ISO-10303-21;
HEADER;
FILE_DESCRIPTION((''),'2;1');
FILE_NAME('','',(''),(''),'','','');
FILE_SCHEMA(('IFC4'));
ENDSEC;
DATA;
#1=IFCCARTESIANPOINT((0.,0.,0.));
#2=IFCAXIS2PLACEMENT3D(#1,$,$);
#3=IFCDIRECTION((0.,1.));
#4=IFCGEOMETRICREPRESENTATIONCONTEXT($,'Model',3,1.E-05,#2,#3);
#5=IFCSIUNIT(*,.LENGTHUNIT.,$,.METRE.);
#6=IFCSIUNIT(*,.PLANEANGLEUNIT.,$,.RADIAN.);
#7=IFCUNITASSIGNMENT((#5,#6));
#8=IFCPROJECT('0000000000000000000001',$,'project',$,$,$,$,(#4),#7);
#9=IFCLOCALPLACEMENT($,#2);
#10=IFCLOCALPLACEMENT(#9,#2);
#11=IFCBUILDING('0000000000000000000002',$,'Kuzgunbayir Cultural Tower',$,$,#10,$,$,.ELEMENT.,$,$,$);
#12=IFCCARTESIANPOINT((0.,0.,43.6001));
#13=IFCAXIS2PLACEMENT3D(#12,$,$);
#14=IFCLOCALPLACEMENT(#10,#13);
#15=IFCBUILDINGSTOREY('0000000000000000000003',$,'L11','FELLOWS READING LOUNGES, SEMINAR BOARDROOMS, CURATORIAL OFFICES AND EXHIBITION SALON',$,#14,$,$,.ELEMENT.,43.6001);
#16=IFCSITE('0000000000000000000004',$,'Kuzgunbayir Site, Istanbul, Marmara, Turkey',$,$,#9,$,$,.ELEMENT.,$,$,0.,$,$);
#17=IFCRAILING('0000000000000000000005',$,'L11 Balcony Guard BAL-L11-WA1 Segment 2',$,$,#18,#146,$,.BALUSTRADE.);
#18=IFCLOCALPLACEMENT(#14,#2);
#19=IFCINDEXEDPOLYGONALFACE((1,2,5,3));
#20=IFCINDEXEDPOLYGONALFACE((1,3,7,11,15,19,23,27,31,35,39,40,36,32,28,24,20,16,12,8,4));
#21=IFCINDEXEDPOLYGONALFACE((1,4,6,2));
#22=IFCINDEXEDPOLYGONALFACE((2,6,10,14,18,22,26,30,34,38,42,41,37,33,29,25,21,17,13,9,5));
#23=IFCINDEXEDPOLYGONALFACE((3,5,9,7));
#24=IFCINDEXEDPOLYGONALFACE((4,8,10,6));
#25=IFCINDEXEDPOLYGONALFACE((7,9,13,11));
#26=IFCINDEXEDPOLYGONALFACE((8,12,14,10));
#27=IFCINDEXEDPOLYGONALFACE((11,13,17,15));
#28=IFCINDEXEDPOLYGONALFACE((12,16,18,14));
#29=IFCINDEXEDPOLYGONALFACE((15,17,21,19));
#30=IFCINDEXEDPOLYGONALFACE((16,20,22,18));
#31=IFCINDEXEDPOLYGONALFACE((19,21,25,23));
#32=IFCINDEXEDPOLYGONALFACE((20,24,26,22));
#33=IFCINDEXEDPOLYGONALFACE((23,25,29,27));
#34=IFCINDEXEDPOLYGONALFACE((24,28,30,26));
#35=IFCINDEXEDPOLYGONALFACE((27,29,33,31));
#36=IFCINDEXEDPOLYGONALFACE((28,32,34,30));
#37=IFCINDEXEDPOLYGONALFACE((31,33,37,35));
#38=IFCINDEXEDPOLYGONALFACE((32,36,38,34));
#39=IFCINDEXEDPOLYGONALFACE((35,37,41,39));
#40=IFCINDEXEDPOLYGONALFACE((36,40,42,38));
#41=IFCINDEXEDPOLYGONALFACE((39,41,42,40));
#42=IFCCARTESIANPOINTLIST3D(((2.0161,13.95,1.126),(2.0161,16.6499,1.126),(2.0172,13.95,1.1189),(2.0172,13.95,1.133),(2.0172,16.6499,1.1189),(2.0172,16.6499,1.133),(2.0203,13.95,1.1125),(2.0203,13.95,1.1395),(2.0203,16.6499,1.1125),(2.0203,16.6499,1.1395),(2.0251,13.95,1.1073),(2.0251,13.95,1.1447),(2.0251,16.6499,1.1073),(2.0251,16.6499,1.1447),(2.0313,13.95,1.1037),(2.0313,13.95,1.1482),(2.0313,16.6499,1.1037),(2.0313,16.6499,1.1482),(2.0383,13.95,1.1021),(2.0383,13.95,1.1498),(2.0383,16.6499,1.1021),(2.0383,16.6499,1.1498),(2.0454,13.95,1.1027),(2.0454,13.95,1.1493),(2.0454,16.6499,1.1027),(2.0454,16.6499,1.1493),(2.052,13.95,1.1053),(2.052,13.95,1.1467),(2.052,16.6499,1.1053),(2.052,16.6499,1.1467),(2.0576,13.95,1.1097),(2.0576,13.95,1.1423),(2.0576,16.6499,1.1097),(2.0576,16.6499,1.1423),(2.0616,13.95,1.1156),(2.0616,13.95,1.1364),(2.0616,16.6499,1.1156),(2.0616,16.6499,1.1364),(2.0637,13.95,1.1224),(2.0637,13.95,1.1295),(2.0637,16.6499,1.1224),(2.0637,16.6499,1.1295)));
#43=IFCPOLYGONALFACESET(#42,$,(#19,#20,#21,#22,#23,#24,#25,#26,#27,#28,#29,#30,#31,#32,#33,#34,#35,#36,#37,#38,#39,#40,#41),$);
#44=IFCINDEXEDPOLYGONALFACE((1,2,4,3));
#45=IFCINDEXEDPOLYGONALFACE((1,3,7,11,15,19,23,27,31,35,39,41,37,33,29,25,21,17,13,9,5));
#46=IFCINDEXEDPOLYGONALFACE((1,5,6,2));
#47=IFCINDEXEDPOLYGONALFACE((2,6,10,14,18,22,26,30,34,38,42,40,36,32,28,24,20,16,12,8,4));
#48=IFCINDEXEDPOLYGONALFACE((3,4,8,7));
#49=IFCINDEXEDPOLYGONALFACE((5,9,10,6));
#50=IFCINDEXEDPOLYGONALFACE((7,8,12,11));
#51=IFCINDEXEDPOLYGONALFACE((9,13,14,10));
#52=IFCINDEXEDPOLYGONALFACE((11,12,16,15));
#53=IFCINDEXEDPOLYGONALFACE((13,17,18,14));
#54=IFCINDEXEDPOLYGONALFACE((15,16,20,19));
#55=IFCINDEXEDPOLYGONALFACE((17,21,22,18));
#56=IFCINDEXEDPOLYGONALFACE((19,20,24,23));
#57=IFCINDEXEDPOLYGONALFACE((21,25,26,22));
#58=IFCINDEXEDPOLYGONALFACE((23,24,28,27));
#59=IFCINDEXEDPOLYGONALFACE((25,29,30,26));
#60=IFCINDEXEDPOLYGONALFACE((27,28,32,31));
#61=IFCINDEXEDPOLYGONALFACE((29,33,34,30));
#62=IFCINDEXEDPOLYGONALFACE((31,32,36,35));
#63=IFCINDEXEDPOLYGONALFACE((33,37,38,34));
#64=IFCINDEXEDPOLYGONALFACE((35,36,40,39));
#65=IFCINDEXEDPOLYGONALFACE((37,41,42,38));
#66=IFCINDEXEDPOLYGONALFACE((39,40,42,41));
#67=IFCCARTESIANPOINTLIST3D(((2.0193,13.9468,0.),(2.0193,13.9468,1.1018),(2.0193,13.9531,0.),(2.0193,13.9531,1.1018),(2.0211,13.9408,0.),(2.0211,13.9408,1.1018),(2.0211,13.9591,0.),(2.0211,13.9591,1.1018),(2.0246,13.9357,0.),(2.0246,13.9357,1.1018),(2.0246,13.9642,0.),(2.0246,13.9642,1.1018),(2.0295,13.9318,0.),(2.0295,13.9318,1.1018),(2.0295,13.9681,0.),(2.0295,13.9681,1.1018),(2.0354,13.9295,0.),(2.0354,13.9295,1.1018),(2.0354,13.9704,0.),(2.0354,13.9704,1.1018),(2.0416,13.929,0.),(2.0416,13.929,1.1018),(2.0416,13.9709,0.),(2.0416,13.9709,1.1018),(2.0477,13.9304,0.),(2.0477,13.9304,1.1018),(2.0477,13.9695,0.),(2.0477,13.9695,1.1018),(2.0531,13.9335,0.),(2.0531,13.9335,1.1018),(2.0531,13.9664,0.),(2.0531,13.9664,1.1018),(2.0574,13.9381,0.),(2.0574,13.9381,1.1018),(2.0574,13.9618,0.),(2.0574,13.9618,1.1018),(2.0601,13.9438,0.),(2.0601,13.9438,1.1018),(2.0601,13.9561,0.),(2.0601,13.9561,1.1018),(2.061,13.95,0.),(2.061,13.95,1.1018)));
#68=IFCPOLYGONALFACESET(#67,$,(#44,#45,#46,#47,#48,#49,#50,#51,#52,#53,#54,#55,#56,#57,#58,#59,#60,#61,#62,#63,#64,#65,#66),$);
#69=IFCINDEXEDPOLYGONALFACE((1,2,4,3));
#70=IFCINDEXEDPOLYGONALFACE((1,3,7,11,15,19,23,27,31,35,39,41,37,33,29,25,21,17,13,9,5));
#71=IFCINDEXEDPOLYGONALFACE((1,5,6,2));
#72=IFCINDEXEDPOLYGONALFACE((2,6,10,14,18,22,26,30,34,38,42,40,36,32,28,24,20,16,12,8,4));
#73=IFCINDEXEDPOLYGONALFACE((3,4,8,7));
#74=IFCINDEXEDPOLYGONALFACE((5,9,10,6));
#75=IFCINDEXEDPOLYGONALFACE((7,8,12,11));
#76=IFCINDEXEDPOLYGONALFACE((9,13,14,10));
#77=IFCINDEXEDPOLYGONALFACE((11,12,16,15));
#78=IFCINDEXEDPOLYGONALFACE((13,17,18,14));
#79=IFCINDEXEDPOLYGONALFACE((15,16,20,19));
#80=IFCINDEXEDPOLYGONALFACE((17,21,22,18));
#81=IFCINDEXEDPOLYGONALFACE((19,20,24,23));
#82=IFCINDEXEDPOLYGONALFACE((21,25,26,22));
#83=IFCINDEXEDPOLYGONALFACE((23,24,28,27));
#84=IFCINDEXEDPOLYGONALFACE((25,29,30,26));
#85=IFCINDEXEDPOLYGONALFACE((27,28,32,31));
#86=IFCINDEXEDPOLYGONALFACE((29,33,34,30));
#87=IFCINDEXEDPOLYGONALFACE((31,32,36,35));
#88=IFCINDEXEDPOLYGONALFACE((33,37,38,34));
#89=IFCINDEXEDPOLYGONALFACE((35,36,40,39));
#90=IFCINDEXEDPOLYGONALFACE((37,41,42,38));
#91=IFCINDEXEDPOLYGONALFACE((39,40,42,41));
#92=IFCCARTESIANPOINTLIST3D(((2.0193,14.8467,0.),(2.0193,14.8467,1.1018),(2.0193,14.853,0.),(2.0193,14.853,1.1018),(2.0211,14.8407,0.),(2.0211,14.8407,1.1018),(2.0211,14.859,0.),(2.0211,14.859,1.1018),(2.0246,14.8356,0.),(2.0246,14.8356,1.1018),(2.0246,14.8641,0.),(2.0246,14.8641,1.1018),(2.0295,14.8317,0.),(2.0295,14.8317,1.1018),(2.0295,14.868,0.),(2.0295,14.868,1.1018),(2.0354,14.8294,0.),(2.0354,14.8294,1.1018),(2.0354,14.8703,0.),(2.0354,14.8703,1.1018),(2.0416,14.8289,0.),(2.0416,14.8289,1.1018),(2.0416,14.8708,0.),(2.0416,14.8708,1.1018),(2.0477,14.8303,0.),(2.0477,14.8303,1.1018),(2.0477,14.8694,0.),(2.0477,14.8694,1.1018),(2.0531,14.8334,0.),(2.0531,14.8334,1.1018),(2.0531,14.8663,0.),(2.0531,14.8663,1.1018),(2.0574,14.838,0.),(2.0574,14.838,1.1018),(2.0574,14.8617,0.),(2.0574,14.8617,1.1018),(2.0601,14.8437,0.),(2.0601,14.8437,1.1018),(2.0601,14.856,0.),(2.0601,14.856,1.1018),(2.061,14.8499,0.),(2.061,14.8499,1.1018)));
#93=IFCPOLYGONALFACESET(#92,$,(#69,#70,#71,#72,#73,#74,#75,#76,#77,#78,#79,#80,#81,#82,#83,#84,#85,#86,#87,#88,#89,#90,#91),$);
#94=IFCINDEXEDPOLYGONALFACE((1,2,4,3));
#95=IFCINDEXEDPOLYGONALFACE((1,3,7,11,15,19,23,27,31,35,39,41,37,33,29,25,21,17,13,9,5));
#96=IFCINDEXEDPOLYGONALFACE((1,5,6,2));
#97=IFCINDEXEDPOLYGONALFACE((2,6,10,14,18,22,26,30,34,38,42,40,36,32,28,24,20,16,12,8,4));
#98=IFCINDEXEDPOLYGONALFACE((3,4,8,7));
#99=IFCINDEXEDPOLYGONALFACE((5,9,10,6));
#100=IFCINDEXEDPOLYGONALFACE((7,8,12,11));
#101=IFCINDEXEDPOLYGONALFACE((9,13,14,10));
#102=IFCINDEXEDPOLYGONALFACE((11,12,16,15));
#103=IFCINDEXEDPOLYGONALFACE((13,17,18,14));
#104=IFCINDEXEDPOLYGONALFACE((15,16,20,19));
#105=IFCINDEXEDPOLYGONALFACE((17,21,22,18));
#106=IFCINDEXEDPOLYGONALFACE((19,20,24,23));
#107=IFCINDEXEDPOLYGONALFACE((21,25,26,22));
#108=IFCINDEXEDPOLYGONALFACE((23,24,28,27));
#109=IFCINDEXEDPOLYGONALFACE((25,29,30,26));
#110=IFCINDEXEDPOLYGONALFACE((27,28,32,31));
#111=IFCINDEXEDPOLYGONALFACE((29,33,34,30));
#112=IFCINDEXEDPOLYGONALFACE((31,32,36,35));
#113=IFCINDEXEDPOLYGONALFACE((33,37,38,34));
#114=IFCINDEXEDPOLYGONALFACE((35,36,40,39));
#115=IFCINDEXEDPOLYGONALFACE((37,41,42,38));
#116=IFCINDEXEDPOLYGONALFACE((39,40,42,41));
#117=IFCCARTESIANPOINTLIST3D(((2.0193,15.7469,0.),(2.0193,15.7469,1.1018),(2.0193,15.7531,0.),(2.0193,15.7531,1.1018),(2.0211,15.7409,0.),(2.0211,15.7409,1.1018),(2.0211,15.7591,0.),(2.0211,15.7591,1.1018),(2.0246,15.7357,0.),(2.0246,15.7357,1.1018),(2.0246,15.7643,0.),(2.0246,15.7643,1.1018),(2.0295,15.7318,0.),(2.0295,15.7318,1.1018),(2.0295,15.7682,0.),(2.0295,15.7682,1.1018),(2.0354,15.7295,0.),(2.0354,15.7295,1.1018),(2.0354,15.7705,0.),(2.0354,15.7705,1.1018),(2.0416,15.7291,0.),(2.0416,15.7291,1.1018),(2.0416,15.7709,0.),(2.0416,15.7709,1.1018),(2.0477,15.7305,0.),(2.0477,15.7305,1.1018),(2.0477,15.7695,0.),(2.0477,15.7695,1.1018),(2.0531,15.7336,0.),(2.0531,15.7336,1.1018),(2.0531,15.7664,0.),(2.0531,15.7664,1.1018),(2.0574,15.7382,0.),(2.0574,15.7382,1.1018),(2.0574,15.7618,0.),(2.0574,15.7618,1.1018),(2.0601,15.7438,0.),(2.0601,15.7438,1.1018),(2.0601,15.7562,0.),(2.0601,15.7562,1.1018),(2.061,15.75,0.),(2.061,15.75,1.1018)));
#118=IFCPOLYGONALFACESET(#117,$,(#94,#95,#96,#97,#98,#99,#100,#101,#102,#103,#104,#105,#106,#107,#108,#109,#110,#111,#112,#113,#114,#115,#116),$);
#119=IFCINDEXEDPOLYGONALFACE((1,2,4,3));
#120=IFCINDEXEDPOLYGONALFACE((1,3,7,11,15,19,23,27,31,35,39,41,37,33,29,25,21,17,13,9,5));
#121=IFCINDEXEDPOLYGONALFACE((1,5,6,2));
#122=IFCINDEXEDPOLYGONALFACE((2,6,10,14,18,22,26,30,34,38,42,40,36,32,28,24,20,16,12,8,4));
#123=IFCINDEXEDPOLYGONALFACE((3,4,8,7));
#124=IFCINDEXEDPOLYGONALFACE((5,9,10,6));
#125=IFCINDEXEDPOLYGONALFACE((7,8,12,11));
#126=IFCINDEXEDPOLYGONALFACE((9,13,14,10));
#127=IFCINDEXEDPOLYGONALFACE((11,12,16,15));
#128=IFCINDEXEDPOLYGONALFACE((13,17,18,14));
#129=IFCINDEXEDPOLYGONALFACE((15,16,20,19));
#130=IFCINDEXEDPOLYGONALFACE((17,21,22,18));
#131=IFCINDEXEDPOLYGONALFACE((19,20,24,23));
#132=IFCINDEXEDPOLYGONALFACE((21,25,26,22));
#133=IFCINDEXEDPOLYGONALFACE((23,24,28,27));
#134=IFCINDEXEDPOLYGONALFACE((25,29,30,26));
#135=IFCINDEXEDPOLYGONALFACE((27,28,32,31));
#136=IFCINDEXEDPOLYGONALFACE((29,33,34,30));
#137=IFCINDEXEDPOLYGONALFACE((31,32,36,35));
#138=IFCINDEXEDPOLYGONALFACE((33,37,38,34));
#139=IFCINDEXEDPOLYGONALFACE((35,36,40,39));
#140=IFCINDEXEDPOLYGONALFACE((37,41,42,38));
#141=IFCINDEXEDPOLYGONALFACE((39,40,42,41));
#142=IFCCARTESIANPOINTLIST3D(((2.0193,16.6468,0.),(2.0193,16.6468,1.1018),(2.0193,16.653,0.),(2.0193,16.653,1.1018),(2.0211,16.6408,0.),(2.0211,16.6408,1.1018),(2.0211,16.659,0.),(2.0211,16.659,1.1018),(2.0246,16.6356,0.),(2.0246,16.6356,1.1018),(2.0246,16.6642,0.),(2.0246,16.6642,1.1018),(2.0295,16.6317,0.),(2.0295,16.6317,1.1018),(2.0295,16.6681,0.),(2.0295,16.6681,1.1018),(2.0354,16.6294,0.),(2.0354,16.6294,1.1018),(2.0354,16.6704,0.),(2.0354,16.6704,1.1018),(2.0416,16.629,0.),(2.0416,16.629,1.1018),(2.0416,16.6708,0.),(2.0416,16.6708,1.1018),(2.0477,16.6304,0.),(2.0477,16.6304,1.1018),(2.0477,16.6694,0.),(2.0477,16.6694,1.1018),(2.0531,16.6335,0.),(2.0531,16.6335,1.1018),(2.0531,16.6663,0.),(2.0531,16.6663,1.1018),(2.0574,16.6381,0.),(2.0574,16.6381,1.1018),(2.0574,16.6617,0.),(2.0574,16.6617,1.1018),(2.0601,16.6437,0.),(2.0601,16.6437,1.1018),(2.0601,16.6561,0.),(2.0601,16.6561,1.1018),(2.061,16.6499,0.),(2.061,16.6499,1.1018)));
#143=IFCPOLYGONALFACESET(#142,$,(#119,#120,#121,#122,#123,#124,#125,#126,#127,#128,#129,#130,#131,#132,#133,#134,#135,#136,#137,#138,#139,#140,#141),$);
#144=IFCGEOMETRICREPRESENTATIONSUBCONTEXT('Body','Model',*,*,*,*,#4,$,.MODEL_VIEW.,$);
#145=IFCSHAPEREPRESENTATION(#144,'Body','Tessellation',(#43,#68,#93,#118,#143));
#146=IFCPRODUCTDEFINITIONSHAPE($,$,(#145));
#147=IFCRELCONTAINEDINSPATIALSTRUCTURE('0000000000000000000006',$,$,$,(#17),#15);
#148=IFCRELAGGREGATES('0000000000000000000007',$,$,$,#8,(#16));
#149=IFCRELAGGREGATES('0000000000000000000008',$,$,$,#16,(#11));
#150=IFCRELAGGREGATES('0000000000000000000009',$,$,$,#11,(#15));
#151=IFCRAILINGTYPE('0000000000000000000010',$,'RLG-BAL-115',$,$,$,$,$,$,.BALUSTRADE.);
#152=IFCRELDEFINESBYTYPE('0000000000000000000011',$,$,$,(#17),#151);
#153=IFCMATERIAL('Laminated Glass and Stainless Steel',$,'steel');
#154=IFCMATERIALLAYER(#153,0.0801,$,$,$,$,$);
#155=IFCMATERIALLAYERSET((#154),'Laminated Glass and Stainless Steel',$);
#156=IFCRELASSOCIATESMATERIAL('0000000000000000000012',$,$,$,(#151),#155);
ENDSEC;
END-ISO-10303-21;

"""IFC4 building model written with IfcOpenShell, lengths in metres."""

from ifc_helpers import new_model, si_unit, direction, frame, origin, origin_2d, place, context, subcontext, project, spatial, circle, extrude, material, layer, layer_set, type_object, element, save


model = new_model("IFC4")

# Units and contexts
model_context = context("Model", 3, precision=1e-05, world=origin(), true_north=direction((0.0, 1.0)))
body_context = subcontext(model_context, "Body", "Model", "MODEL_VIEW")
ifc_project = project(units=[si_unit("LENGTHUNIT", "METRE"), si_unit("PLANEANGLEUNIT", "RADIAN")], contexts=[model_context])

# Site, building, storey
site_placement = place(None, origin())
site = spatial("IfcSite", under=ifc_project, at=site_placement, Name="Kuzgunbayir Site, Istanbul, Marmara, Turkey", CompositionType="ELEMENT", RefElevation=0.0)
building_placement = place(site_placement, origin())
building = spatial("IfcBuilding", under=site, at=building_placement, Name="Kuzgunbayir Cultural Tower", CompositionType="ELEMENT")
storey_placement = place(building_placement, frame((0.0, 0.0, 43.6001)))
storey = spatial("IfcBuildingStorey", under=building, at=storey_placement, Name="L11", Description="FELLOWS READING LOUNGES, SEMINAR BOARDROOMS, CURATORIAL OFFICES AND EXHIBITION SALON", CompositionType="ELEMENT", Elevation=43.6001)

# Railing
ifc_material_1 = material(Name="Laminated Glass and Stainless Steel", Category="steel")
ifc_layer_1 = layer(ifc_material_1, 0.0801)
ifc_layer_set_1 = layer_set([ifc_layer_1], Name="Laminated Glass and Stainless Steel")
railing_type = type_object("IfcRailingType", Name="RLG-BAL-115", PredefinedType="BALUSTRADE", material=ifc_layer_set_1)
railing_1_placement = place(storey_placement, frame((2.04, 13.95, 0.0)))
element("IfcRailing", 1, at=railing_1_placement, inside=storey, type_object=railing_type, Name="L11 Balcony Guard BAL-L11-WA1 Segment 2", PredefinedType="BALUSTRADE", context=body_context, shape_type="SweptSolid", body=[
    extrude(circle(Radius=0.0239, at=origin_2d()), frame((0.0, 0.0, 1.126), z_axis=(0.0, 1.0, 0.0), x_axis=(-1.0, 0.0, 0.0)), (0.0, 0.0, 1.0), 2.7),
    extrude(circle(Radius=0.021, at=origin_2d()), origin(), (0.0, 0.0, 1.0), 1.1018),
    extrude(circle(Radius=0.021, at=origin_2d()), frame((0.0, 0.8999, 0.0)), (0.0, 0.0, 1.0), 1.1018),
    extrude(circle(Radius=0.021, at=origin_2d()), frame((0.0, 1.8, 0.0)), (0.0, 0.0, 1.0), 1.1018),
    extrude(circle(Radius=0.021, at=origin_2d()), frame((0.0, 2.7, 0.0)), (0.0, 0.0, 1.0), 1.1018),
])

save(model, "model.ifc")
